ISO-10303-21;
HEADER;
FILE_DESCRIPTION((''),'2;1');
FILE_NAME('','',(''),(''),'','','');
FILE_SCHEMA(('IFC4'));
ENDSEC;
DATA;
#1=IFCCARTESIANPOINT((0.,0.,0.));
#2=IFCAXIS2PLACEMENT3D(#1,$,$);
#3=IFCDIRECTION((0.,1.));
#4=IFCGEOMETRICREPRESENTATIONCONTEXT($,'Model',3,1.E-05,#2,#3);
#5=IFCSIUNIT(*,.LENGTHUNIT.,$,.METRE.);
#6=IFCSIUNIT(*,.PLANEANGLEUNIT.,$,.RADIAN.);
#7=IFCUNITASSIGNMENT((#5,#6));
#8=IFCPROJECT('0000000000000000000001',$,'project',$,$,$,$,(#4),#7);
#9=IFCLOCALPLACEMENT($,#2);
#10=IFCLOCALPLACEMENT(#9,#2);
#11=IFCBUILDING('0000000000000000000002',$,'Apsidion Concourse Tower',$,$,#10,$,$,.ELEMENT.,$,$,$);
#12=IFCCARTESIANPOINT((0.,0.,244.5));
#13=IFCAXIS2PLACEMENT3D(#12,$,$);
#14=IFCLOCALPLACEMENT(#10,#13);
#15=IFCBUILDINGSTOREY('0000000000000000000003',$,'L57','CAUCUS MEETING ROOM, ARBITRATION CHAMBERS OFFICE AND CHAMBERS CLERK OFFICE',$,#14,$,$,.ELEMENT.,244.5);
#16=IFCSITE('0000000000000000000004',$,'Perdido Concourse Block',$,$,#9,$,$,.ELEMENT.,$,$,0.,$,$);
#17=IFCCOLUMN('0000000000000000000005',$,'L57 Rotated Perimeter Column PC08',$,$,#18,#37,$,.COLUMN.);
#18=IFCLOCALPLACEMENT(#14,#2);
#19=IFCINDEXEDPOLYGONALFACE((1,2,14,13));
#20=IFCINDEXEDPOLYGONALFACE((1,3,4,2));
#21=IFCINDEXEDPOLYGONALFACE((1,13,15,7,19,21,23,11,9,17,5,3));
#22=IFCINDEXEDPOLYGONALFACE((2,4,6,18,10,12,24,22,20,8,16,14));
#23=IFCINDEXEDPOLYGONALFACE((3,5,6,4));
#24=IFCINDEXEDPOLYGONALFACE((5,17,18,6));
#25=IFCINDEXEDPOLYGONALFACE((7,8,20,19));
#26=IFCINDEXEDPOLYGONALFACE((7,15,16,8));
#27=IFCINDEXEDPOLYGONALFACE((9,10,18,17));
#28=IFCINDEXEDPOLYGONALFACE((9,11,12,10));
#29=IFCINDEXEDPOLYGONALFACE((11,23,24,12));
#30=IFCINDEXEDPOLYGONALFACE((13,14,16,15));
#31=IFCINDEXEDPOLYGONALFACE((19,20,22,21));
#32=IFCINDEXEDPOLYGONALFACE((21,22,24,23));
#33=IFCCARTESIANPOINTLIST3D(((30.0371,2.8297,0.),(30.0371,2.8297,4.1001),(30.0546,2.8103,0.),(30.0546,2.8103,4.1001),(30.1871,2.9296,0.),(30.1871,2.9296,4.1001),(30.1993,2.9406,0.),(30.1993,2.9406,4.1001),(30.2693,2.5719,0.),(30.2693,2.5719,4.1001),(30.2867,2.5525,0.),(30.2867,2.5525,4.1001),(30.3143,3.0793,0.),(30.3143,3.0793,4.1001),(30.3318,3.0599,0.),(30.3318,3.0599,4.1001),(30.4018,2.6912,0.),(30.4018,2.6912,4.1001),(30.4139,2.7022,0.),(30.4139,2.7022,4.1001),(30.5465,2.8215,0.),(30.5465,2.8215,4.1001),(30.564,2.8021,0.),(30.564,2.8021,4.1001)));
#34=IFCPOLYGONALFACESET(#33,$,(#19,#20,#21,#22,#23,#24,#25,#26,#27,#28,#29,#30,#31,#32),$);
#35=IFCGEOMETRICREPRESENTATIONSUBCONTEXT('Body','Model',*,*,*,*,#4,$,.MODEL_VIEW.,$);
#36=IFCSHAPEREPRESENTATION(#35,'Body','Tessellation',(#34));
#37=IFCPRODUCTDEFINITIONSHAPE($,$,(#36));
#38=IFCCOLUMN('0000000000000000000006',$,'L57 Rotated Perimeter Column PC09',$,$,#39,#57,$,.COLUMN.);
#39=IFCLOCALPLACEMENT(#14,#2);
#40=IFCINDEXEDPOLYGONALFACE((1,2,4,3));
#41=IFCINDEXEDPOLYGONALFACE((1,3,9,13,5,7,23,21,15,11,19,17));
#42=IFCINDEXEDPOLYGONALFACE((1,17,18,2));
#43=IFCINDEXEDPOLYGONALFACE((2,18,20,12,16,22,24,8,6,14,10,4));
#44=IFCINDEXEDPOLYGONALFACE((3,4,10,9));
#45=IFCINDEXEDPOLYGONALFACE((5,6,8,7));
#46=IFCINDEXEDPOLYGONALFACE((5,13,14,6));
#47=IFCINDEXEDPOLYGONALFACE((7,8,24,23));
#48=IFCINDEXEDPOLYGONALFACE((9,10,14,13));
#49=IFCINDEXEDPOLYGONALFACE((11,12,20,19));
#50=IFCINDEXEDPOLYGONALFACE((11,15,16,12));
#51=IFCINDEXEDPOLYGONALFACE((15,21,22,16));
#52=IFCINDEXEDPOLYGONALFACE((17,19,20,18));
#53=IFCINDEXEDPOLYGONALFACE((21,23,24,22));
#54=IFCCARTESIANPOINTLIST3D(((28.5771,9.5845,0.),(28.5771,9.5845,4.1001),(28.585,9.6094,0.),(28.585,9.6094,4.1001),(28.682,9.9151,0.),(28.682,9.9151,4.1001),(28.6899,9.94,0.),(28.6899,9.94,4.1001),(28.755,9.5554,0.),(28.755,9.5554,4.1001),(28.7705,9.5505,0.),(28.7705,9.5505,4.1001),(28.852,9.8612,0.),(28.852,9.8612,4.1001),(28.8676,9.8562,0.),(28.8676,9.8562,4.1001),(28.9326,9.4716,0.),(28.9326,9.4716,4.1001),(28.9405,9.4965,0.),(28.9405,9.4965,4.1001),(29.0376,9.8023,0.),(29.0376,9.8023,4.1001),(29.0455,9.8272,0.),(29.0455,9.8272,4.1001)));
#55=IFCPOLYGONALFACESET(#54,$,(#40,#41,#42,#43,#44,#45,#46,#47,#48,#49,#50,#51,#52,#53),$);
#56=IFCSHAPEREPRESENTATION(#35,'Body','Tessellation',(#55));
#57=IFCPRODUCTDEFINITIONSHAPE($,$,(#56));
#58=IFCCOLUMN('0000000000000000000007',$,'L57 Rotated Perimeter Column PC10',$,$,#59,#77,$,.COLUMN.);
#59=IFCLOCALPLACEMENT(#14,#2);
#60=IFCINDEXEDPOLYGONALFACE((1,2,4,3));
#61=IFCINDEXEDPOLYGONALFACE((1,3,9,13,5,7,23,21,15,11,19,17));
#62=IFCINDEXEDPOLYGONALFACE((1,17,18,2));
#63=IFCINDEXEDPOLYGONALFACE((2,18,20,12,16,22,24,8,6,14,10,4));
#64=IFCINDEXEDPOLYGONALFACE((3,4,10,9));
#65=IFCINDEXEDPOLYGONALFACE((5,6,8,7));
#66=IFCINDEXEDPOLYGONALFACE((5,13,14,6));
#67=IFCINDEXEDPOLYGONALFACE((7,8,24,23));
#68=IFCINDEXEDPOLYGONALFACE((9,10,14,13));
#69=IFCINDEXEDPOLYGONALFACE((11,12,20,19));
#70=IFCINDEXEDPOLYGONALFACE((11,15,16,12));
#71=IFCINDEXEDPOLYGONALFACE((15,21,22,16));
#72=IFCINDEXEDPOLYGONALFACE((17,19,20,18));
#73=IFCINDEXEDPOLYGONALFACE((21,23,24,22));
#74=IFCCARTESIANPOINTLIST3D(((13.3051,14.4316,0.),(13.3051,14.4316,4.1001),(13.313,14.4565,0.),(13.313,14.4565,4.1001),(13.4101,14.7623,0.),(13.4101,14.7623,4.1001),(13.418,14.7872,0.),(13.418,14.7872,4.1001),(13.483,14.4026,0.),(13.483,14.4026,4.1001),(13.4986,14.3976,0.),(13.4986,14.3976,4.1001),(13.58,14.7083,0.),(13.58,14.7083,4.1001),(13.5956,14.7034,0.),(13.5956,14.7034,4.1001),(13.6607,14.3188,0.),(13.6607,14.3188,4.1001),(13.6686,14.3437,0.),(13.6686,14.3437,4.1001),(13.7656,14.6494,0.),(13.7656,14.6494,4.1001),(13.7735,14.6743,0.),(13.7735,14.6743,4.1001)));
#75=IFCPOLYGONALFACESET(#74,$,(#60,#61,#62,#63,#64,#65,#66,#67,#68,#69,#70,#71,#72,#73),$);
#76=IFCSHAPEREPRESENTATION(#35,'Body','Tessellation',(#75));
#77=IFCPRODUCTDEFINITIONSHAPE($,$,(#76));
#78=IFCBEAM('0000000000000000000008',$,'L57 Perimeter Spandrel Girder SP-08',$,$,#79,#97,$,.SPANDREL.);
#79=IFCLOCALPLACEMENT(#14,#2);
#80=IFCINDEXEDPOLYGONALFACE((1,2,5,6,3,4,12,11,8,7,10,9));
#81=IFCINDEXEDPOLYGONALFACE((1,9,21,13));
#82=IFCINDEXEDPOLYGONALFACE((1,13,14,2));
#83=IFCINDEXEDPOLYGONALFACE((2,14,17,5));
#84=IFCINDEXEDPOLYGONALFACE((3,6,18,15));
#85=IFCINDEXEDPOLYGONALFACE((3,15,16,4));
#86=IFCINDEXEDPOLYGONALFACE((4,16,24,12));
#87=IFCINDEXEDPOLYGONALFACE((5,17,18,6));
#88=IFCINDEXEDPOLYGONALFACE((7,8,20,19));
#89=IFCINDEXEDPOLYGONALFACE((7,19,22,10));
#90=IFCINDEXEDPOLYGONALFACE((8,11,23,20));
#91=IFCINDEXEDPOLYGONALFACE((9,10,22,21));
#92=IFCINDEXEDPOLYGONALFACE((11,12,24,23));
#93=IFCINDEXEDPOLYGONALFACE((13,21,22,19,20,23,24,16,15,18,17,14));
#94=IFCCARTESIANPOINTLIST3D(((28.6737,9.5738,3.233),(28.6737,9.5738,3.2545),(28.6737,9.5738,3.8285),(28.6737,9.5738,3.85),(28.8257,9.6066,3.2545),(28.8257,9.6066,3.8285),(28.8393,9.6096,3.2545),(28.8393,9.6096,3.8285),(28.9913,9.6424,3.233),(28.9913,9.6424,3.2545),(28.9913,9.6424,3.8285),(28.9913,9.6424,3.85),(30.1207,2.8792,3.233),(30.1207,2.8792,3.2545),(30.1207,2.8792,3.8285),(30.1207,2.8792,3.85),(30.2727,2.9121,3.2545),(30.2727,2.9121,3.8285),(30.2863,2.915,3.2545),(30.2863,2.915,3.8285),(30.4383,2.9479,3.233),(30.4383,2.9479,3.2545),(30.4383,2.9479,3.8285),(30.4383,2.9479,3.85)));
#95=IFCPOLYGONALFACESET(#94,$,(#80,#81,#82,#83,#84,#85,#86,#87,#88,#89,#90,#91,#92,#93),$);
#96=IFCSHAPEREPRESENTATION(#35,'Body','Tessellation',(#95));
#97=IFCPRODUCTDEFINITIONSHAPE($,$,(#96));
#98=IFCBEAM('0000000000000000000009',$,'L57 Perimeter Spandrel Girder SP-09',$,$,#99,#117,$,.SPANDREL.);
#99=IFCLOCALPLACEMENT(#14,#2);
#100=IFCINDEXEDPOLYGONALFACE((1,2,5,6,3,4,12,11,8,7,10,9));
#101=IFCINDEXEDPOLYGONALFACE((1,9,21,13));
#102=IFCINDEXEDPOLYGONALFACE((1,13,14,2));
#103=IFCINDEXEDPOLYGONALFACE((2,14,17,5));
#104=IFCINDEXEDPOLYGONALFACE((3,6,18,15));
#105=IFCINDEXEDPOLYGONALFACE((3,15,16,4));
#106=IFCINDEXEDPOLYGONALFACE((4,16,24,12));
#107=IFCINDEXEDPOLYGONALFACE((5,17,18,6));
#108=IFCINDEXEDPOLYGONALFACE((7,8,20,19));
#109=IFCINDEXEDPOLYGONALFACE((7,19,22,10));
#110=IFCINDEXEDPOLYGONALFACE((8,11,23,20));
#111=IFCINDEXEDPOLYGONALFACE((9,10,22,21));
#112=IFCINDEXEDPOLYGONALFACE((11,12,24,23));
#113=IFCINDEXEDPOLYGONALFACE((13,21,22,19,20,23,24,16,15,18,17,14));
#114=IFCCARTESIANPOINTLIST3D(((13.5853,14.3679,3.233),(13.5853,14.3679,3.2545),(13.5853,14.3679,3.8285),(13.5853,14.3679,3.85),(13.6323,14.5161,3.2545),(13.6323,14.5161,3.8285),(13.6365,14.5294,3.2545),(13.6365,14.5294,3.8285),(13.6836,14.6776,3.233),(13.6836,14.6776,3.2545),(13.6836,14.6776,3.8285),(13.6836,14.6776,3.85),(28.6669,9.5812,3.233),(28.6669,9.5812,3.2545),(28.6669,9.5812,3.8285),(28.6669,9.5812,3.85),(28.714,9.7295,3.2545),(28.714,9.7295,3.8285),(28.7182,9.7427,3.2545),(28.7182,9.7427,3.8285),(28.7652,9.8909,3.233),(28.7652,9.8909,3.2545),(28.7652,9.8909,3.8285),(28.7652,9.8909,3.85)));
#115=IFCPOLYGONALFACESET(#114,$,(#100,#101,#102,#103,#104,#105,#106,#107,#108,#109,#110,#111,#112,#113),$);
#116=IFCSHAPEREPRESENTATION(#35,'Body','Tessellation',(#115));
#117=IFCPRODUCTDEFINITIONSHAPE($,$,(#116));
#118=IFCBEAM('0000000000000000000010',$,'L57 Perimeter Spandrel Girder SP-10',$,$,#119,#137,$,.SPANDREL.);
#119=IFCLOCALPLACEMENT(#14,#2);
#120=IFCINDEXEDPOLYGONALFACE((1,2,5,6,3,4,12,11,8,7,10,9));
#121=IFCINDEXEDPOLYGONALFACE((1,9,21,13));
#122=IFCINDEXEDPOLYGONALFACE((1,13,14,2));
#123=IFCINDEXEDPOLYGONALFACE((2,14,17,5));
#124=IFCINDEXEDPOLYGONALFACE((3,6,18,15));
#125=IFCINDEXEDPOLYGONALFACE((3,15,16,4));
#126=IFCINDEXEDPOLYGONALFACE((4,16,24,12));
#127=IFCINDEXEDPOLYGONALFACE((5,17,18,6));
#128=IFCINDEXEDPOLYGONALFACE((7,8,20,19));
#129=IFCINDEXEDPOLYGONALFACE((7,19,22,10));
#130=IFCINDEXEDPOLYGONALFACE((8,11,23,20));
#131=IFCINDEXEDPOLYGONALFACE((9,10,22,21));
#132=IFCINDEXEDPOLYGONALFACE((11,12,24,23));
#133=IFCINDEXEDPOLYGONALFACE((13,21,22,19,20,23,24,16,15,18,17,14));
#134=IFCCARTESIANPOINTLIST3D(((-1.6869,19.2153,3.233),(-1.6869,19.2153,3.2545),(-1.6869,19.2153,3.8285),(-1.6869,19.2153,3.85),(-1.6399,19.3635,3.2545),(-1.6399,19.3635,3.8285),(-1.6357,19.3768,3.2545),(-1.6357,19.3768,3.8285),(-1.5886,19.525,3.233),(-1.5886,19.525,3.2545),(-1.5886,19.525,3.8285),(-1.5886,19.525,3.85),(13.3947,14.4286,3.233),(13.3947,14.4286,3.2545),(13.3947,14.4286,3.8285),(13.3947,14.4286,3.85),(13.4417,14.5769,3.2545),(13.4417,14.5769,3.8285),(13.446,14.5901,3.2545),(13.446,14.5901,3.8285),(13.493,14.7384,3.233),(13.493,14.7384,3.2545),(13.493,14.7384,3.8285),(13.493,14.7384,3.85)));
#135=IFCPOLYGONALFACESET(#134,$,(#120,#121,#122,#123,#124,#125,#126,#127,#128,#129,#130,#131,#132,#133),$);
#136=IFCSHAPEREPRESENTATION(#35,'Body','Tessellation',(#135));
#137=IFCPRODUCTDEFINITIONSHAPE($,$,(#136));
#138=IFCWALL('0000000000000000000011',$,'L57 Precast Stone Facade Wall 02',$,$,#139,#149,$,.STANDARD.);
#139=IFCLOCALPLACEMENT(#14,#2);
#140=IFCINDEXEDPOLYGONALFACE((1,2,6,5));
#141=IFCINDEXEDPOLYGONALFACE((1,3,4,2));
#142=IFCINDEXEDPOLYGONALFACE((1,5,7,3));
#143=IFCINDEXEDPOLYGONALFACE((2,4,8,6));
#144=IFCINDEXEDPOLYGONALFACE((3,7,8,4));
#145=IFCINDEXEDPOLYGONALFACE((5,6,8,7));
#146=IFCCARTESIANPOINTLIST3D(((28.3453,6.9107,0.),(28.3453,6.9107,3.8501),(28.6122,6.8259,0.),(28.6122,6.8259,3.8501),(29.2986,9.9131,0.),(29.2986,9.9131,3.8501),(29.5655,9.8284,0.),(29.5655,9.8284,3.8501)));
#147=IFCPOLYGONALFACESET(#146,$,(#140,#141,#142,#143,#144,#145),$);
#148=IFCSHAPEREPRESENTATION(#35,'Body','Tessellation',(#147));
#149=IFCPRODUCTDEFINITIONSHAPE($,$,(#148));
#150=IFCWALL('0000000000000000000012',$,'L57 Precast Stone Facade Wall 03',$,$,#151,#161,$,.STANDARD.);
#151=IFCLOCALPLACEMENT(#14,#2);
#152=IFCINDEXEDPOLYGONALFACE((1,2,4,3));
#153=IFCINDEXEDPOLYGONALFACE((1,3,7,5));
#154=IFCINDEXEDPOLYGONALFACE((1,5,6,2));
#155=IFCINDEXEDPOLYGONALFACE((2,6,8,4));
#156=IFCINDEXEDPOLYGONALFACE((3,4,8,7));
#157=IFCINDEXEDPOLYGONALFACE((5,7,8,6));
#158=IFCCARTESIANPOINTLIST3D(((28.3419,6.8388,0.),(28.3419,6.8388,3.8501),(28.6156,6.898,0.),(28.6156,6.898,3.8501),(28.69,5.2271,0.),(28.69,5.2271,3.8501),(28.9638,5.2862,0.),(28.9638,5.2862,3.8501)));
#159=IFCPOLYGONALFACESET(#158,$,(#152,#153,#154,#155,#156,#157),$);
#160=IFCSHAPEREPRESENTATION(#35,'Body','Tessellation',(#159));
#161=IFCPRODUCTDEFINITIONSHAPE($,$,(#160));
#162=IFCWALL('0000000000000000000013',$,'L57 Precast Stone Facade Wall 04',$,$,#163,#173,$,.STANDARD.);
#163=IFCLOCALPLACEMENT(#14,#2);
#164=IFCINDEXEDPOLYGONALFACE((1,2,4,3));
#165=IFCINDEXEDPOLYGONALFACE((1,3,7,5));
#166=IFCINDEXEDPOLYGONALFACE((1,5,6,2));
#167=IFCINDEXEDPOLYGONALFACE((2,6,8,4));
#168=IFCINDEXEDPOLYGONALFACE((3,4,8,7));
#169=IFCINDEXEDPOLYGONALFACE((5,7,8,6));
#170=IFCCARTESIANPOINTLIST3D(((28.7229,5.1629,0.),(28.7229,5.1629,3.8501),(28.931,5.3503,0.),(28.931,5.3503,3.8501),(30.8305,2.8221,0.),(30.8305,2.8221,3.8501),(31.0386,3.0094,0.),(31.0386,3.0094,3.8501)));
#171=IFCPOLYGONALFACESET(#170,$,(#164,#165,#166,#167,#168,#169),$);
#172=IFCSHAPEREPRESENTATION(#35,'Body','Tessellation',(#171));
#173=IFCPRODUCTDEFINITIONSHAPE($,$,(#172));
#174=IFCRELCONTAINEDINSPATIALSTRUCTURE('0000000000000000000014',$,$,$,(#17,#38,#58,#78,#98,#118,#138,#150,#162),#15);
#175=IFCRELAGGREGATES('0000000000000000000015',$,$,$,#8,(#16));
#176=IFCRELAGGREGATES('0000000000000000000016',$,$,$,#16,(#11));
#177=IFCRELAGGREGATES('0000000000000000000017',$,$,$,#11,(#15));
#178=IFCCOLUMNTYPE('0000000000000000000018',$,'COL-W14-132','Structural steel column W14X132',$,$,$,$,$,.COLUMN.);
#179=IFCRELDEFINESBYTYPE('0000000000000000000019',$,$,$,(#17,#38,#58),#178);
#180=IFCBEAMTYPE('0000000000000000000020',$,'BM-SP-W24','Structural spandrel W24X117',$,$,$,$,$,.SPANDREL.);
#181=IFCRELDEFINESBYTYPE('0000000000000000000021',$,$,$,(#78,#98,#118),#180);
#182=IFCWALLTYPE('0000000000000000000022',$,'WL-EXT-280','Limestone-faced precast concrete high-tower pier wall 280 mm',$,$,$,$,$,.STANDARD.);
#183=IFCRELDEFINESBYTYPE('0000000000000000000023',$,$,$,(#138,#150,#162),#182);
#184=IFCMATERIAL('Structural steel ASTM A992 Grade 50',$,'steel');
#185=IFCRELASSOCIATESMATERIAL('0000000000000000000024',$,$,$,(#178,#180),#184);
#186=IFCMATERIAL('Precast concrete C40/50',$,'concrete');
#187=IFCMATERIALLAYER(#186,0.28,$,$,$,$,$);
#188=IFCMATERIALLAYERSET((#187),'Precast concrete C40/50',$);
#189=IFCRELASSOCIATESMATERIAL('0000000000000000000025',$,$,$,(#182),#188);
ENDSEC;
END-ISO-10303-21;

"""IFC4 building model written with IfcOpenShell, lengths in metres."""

from ifc_helpers import new_model, si_unit, direction, frame, frame_2d, origin, origin_2d, place, context, subcontext, project, spatial, rectangle, i_section, extrude, material, layer, layer_set, material_profile, profile_set, type_object, element, save


model = new_model("IFC4")

# Units and contexts
model_context = context("Model", 3, precision=1e-05, world=origin(), true_north=direction((0.0, 1.0)))
body_context = subcontext(model_context, "Body", "Model", "MODEL_VIEW")
ifc_project = project(units=[si_unit("LENGTHUNIT", "METRE"), si_unit("PLANEANGLEUNIT", "RADIAN")], contexts=[model_context])

# Site, building, storey
site_placement = place(None, origin())
site = spatial("IfcSite", under=ifc_project, at=site_placement, Name="Perdido Concourse Block", CompositionType="ELEMENT", RefElevation=0.0)
building_placement = place(site_placement, origin())
building = spatial("IfcBuilding", under=site, at=building_placement, Name="Apsidion Concourse Tower", CompositionType="ELEMENT")
storey_placement = place(building_placement, frame((0.0, 0.0, 244.5)))
storey = spatial("IfcBuildingStorey", under=building, at=storey_placement, Name="L57", Description="CAUCUS MEETING ROOM, ARBITRATION CHAMBERS OFFICE AND CHAMBERS CLERK OFFICE", CompositionType="ELEMENT", Elevation=244.5)

# Columns
ifc_material_1 = material(Name="Structural steel ASTM A992 Grade 50", Category="steel")
ifc_material_profile_1 = material_profile(ifc_material_1, i_section(OverallWidth=0.373, OverallDepth=0.373, WebThickness=0.0164, FlangeThickness=0.0261, at=origin_2d()), Name="W14X132")
ifc_profile_set_1 = profile_set([ifc_material_profile_1], Name="Structural steel ASTM A992 Grade 50")
column_type = type_object("IfcColumnType", Name="COL-W14-132", Description="Structural steel column W14X132", PredefinedType="COLUMN", material=ifc_profile_set_1)
for number, where, z_axis, x_axis, name in (
    (1, (30.3005, 2.8159, 0.0), (0.0, 0.0, 1.0), (0.743145, 0.669131, 0.0), "L57 Rotated Perimeter Column PC08"),
    (2, (28.8113, 9.7058, 0.0), (0.0, 0.0, 1.0), (-0.953138, 0.302536, 0.0), "L57 Rotated Perimeter Column PC09"),
    (3, (13.5393, 14.553, 0.0), (0.0, 0.0, 1.0), (-0.953138, 0.302536, 0.0), "L57 Rotated Perimeter Column PC10"),
):
    element("IfcColumn", number, at=place(storey_placement, frame(where, z_axis=z_axis, x_axis=x_axis)), inside=storey, type_object=column_type, Name=name, PredefinedType="COLUMN", context=body_context, shape_type="SweptSolid", body=[
        extrude(i_section(OverallWidth=0.373, OverallDepth=0.373, WebThickness=0.0164, FlangeThickness=0.0261, at=origin_2d()), origin(), (0.0, 0.0, 1.0), 4.1001),
    ])

# Beams
ifc_material_profile_2 = material_profile(ifc_material_1, i_section(OverallWidth=0.325, OverallDepth=0.6169, WebThickness=0.0139, FlangeThickness=0.0215, at=origin_2d()), Name="W24X117")
ifc_profile_set_2 = profile_set([ifc_material_profile_2], Name="Structural steel ASTM A992 Grade 50")
beam_type = type_object("IfcBeamType", Name="BM-SP-W24", Description="Structural spandrel W24X117", PredefinedType="SPANDREL", material=ifc_profile_set_2)
beam_placement = place(storey_placement, frame((30.2795, 2.9136, 3.5415), z_axis=(-0.211269, 0.977428, 0.0), x_axis=(-0.977428, -0.211269, 0.0)))
element("IfcBeam", 4, at=beam_placement, inside=storey, type_object=beam_type, Name="L57 Perimeter Spandrel Girder SP-08", PredefinedType="SPANDREL", context=body_context, shape_type="SweptSolid", body=[
    extrude(i_section(OverallWidth=0.325, OverallDepth=0.6169, WebThickness=0.0139, FlangeThickness=0.0215, at=origin_2d()), origin(), (0.0, 0.0, 1.0), 6.8491),
])
for number, where, z_axis, x_axis, name in (
    (5, (28.7161, 9.7361, 3.5415), (-0.953146, 0.302512, 0.0), (-0.302512, -0.953146, 0.0), "L57 Perimeter Spandrel Girder SP-09"),
    (6, (13.4438, 14.5835, 3.5415), (-0.953146, 0.302512, 0.0), (-0.302512, -0.953146, 0.0), "L57 Perimeter Spandrel Girder SP-10"),
):
    element("IfcBeam", number, at=place(storey_placement, frame(where, z_axis=z_axis, x_axis=x_axis)), inside=storey, type_object=beam_type, Name=name, PredefinedType="SPANDREL", context=body_context, shape_type="SweptSolid", body=[
        extrude(i_section(OverallWidth=0.325, OverallDepth=0.6169, WebThickness=0.0139, FlangeThickness=0.0215, at=origin_2d()), origin(), (0.0, 0.0, 1.0), 15.823),
    ])

# Walls
ifc_material_2 = material(Name="Precast concrete C40/50", Category="concrete")
ifc_layer_1 = layer(ifc_material_2, 0.28)
ifc_layer_set_1 = layer_set([ifc_layer_1], Name="Precast concrete C40/50")
wall_type_1 = type_object("IfcWallType", Name="WL-EXT-280", Description="Limestone-faced precast concrete high-tower pier wall 280 mm", PredefinedType="STANDARD", material=ifc_layer_set_1)
wall_1_placement = place(storey_placement, frame((29.4321, 9.8708, 0.0), z_axis=(0.0, 0.0, 1.0), x_axis=(-0.302641, -0.953105, 0.0)))
element("IfcWall", 7, at=wall_1_placement, inside=storey, type_object=wall_type_1, Name="L57 Precast Stone Facade Wall 02", PredefinedType="STANDARD", context=body_context, shape_type="SweptSolid", body=[
    extrude(rectangle(XDim=3.1501, YDim=0.28, at=frame_2d((1.5752, 0.0))), origin(), (0.0, 0.0, 1.0), 3.8501),
])
wall_2_placement = place(storey_placement, frame((28.4788, 6.8684, 0.0), z_axis=(0.0, 0.0, 1.0), x_axis=(0.211126, -0.977459, 0.0)))
element("IfcWall", 8, at=wall_2_placement, inside=storey, type_object=wall_type_1, Name="L57 Precast Stone Facade Wall 03", PredefinedType="STANDARD", context=body_context, shape_type="SweptSolid", body=[
    extrude(rectangle(XDim=1.6489, YDim=0.28, at=frame_2d((0.8245, 0.0))), origin(), (0.0, 0.0, 1.0), 3.8501),
])
wall_3_placement = place(storey_placement, frame((28.8269, 5.2566, 0.0), z_axis=(0.0, 0.0, 1.0), x_axis=(0.669127, -0.743148, 0.0)))
element("IfcWall", 9, at=wall_3_placement, inside=storey, type_object=wall_type_1, Name="L57 Precast Stone Facade Wall 04", PredefinedType="STANDARD", context=body_context, shape_type="SweptSolid", body=[
    extrude(rectangle(XDim=3.1499, YDim=0.28, at=frame_2d((1.575, 0.0))), origin(), (0.0, 0.0, 1.0), 3.8501),
])

save(model, "model.ifc")
